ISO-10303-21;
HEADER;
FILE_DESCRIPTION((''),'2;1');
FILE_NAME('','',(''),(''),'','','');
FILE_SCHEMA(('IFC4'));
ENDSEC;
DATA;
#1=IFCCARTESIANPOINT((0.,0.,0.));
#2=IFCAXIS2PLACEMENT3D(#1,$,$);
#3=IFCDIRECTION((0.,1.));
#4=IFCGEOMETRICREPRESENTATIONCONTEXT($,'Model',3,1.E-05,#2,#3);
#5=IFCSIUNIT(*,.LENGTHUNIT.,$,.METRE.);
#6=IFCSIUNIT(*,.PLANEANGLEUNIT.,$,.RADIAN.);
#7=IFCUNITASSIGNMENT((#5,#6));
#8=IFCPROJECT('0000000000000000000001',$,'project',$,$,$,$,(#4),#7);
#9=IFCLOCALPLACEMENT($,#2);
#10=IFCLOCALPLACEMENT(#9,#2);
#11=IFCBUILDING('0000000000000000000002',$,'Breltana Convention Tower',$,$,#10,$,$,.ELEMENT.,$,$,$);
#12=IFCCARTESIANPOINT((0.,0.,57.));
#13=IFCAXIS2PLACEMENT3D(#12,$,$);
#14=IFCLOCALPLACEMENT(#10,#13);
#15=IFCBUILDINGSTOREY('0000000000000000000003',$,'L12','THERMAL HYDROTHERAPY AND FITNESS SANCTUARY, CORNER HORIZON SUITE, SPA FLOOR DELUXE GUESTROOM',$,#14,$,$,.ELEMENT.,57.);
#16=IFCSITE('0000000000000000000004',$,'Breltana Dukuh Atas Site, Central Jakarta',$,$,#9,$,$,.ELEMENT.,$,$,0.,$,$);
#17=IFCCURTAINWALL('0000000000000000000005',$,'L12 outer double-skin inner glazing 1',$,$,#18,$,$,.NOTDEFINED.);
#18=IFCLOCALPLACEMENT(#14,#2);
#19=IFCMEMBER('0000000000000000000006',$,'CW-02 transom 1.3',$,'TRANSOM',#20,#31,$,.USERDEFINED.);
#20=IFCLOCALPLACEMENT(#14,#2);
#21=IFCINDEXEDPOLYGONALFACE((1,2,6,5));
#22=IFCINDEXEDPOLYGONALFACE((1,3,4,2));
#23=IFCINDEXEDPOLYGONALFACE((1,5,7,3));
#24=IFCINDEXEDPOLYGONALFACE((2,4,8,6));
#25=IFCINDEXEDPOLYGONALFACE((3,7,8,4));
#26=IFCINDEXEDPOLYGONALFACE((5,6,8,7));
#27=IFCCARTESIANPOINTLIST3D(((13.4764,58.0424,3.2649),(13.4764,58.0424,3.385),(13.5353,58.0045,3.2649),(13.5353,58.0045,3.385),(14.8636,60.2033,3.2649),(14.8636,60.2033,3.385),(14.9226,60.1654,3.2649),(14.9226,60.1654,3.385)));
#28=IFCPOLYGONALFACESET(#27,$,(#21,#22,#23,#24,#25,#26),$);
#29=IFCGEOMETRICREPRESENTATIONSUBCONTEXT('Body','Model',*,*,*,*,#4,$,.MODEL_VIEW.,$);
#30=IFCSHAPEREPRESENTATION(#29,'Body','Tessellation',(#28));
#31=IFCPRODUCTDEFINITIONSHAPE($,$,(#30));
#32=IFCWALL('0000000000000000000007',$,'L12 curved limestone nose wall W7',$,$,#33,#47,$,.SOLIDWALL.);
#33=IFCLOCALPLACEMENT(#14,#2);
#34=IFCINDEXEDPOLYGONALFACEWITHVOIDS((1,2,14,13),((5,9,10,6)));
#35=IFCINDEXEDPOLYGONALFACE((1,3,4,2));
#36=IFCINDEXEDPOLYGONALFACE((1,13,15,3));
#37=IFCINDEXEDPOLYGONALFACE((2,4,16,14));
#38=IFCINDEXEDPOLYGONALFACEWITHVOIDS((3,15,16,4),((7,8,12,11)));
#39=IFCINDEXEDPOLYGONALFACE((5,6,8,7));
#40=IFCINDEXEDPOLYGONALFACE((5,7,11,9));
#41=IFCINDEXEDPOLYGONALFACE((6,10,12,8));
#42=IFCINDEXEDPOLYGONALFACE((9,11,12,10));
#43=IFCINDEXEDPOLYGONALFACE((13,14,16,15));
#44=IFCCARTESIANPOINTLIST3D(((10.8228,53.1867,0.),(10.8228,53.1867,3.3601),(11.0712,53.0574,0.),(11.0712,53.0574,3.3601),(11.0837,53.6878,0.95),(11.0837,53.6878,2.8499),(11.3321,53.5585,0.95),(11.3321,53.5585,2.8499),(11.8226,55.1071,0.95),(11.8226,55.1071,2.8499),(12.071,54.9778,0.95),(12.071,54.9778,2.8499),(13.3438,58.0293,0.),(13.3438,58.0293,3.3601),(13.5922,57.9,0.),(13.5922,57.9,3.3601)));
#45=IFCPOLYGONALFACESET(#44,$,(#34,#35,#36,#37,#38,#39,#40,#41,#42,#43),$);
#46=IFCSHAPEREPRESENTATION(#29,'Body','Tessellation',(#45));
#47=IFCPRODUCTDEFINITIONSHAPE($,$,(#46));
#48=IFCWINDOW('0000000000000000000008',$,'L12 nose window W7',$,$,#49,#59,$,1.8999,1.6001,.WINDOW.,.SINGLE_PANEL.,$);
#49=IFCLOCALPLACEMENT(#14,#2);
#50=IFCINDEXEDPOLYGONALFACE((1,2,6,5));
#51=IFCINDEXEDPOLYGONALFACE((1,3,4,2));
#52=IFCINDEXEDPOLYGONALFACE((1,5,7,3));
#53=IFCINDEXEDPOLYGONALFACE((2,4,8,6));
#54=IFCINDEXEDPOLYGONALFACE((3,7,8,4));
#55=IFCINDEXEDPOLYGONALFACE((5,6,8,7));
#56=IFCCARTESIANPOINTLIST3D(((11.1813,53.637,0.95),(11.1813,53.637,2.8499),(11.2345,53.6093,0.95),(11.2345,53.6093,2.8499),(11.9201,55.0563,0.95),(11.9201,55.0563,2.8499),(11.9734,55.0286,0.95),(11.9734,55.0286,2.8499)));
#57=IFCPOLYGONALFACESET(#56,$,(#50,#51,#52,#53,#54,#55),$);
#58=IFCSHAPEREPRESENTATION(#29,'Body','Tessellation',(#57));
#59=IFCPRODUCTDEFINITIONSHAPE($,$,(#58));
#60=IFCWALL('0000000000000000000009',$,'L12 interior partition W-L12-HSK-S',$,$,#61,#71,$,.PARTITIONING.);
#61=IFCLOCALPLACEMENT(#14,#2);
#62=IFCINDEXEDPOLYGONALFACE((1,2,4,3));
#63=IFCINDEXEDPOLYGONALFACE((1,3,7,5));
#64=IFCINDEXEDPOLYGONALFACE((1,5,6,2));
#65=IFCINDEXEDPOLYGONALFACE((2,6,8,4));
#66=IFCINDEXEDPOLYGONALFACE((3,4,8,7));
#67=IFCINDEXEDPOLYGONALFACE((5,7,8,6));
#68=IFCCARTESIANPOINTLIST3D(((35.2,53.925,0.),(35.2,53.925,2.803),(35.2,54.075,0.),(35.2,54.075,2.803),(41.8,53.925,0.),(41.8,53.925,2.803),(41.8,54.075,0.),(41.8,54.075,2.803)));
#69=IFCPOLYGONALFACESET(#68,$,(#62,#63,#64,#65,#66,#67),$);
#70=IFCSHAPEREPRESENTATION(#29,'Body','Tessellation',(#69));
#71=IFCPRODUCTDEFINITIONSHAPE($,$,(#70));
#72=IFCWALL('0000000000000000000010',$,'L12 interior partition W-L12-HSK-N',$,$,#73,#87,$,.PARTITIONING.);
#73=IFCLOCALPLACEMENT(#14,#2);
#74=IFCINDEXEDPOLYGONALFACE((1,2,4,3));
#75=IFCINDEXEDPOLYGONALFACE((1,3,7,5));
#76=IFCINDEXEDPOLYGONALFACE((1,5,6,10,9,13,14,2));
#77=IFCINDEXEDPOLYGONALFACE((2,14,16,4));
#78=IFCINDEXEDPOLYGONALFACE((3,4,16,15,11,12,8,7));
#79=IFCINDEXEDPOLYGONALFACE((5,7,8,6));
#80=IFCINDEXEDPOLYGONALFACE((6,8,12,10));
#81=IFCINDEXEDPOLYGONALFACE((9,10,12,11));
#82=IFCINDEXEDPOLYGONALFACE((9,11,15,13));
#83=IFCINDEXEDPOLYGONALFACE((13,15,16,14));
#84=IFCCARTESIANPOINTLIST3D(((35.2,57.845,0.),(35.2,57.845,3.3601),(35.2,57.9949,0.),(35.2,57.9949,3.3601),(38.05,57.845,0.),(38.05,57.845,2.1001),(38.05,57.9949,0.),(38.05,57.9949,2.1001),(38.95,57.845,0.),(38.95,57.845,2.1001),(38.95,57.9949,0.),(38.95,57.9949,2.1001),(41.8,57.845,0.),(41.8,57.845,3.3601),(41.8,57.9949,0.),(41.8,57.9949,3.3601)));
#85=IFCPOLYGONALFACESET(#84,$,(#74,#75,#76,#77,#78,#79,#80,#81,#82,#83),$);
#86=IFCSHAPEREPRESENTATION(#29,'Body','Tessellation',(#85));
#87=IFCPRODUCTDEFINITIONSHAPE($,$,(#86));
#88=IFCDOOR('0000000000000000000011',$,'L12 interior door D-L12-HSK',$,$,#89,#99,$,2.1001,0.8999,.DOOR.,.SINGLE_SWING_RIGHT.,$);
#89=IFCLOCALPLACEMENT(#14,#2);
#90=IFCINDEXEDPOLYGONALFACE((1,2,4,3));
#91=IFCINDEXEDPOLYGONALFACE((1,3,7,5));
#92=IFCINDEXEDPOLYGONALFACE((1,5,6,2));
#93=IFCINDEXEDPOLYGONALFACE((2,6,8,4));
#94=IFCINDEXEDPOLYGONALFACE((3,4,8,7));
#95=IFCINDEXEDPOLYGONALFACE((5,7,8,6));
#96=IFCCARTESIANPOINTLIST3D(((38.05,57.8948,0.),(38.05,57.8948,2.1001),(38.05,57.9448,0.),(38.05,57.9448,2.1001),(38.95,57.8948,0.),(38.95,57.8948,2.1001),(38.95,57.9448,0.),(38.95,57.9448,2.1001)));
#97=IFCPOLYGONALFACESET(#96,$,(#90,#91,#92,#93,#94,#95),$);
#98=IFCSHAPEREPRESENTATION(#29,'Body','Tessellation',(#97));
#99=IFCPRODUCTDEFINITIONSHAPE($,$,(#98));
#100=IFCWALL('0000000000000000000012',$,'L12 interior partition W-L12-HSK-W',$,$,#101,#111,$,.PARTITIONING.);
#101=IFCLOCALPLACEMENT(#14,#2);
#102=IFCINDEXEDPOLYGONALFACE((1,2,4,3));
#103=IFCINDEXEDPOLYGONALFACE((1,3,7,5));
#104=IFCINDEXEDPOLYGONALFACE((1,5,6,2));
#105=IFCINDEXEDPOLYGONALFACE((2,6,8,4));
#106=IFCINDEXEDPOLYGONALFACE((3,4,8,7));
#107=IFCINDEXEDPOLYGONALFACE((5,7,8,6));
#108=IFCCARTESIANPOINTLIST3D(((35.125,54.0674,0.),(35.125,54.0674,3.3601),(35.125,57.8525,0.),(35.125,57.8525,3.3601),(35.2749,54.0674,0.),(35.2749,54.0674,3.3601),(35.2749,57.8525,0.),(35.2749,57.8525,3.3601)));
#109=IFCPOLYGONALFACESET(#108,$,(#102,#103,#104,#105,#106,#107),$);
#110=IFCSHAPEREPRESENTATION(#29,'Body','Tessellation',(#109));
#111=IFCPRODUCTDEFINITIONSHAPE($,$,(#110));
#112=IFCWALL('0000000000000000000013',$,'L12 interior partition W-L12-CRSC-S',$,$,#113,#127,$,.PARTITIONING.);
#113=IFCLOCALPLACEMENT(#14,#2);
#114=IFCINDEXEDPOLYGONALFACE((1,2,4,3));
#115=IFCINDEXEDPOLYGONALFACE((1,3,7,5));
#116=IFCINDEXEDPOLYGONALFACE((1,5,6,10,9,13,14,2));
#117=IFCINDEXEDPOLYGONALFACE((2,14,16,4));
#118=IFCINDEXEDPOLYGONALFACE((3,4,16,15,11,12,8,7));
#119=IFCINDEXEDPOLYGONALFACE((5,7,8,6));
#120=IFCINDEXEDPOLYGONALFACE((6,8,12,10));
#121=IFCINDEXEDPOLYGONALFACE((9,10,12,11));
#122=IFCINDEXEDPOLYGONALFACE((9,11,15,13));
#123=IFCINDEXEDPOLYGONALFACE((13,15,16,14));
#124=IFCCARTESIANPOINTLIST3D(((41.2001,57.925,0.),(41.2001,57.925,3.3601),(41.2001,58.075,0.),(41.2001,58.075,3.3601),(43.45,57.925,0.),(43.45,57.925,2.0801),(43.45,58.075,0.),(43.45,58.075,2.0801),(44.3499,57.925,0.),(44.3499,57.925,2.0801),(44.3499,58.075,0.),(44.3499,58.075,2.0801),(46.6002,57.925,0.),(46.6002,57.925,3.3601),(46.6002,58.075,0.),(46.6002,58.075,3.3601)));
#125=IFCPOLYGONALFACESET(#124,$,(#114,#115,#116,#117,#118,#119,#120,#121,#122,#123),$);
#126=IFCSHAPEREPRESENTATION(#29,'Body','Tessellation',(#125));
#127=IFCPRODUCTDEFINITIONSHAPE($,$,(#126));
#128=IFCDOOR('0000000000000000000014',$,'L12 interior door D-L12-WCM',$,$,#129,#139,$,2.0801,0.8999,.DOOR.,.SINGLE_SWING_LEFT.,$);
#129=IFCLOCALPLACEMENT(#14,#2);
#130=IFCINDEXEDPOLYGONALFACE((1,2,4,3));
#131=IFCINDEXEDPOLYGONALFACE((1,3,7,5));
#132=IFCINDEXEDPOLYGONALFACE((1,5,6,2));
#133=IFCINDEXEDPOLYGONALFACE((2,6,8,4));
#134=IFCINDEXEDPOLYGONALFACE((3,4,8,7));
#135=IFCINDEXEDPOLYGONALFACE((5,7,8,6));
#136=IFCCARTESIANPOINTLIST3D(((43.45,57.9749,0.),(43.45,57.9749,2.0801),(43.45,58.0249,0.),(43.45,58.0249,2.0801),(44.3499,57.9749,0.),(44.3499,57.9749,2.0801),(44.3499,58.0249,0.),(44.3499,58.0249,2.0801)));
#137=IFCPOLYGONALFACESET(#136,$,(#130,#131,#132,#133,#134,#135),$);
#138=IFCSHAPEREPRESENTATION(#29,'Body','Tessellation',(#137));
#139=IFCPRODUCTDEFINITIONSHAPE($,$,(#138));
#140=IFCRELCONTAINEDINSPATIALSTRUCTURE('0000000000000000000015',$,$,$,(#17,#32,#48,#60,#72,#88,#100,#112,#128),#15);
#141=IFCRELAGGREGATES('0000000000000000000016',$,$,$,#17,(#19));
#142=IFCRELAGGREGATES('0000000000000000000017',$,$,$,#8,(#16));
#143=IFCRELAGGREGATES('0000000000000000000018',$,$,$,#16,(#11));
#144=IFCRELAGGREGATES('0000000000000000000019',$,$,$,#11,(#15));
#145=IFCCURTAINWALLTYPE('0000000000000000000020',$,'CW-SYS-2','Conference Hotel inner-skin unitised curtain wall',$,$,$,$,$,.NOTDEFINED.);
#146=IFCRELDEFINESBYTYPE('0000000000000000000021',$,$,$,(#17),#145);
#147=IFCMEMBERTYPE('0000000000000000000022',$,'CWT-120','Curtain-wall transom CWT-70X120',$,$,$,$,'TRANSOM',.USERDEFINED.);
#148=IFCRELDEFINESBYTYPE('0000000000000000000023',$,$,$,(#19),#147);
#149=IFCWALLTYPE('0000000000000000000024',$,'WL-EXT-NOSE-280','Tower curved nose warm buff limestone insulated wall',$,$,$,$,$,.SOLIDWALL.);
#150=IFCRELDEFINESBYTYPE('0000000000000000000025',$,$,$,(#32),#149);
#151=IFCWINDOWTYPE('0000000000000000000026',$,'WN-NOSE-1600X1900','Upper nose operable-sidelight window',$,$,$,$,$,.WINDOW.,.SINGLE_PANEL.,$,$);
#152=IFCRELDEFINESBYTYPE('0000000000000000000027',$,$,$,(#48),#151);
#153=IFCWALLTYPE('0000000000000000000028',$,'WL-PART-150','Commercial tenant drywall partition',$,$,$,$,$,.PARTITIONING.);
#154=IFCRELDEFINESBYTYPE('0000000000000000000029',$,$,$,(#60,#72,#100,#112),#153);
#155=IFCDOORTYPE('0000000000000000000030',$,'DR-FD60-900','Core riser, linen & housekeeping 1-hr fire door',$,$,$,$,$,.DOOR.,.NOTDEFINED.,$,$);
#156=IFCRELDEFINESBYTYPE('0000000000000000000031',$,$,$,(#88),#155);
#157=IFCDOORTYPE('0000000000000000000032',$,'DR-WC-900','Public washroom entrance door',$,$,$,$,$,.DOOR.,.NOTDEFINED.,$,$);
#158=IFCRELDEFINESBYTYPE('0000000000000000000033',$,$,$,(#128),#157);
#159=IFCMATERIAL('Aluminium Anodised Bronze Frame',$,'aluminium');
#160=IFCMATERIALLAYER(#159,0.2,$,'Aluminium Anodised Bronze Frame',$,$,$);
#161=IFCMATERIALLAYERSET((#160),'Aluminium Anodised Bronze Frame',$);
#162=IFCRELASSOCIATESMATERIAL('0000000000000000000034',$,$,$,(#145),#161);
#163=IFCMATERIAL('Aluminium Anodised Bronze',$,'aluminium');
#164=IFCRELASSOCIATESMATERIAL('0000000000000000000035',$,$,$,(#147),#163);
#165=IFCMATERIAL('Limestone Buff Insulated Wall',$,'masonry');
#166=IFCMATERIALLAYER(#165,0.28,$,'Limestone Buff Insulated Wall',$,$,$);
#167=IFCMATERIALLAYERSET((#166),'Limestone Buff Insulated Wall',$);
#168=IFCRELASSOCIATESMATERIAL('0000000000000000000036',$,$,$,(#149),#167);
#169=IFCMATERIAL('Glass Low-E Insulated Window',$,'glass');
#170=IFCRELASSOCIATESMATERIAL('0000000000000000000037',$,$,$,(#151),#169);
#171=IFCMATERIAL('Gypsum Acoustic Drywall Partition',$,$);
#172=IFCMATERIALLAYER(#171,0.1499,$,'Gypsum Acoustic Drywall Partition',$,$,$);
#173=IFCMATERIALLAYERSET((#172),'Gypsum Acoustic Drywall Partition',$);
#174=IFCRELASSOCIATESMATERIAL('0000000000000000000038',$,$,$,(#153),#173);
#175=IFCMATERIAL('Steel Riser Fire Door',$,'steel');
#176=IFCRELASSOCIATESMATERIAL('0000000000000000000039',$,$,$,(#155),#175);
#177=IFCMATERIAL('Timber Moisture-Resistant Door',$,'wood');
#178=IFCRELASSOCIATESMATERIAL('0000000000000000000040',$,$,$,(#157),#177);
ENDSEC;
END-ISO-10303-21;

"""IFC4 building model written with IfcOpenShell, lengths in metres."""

from ifc_helpers import new_model, si_unit, direction, frame, frame_2d, origin, origin_2d, place, context, subcontext, project, spatial, rectangle, extrude, source, transform, mapped, material, layer, layer_set, material_profile, profile_set, type_object, type_shapes, element, fill, aggregate, save


model = new_model("IFC4")

# Units and contexts
model_context = context("Model", 3, precision=1e-05, world=origin(), true_north=direction((0.0, 1.0)))
body_context = subcontext(model_context, "Body", "Model", "MODEL_VIEW")
ifc_project = project(units=[si_unit("LENGTHUNIT", "METRE"), si_unit("PLANEANGLEUNIT", "RADIAN")], contexts=[model_context])

# Site, building, storey
site_placement = place(None, origin())
site = spatial("IfcSite", under=ifc_project, at=site_placement, Name="Breltana Dukuh Atas Site, Central Jakarta", CompositionType="ELEMENT", RefElevation=0.0)
building_placement = place(site_placement, origin())
building = spatial("IfcBuilding", under=site, at=building_placement, Name="Breltana Convention Tower", CompositionType="ELEMENT")
storey_placement = place(building_placement, frame((0.0, 0.0, 57.0)))
storey = spatial("IfcBuildingStorey", under=building, at=storey_placement, Name="L12", Description="THERMAL HYDROTHERAPY AND FITNESS SANCTUARY, CORNER HORIZON SUITE, SPA FLOOR DELUXE GUESTROOM", CompositionType="ELEMENT", Elevation=57.0)

# Curtain wall, member
ifc_material_1 = material(Name="Aluminium Anodised Bronze Frame", Category="aluminium")
ifc_material_2 = material(Name="Aluminium Anodised Bronze", Category="aluminium")
ifc_layer_1 = layer(ifc_material_1, 0.2, Name="Aluminium Anodised Bronze Frame")
ifc_layer_set_1 = layer_set([ifc_layer_1], Name="Aluminium Anodised Bronze Frame")
curtain_wall_type_1 = type_object("IfcCurtainWallType", Name="CW-SYS-2", Description="Conference Hotel inner-skin unitised curtain wall", PredefinedType="NOTDEFINED", material=ifc_layer_set_1)
curtain_wall_1_placement = place(storey_placement, origin())
curtain_wall_1 = element("IfcCurtainWall", 1, at=curtain_wall_1_placement, inside=storey, type_object=curtain_wall_type_1, Name="L12 outer double-skin inner glazing 1", PredefinedType="NOTDEFINED")
ifc_material_profile_1 = material_profile(ifc_material_2, rectangle(XDim=0.0701, YDim=0.1201, at=origin_2d()), Name="CWT-70X120")
ifc_profile_set_1 = profile_set([ifc_material_profile_1], Name="Aluminium Anodised Bronze")
member_type_1 = type_object("IfcMemberType", Name="CWT-120", Description="Curtain-wall transom CWT-70X120", ElementType="TRANSOM", PredefinedType="USERDEFINED", material=ifc_profile_set_1)
shared_shape_1 = source(origin(), body_context, "Body", "SweptSolid", [
    extrude(rectangle(XDim=0.0701, YDim=0.1201, at=origin_2d()), origin(), (0.0, 0.0, 1.0), 2.5679),
])
type_shapes(member_type_1, [shared_shape_1])
member_1_placement = place(storey_placement, frame((13.5059, 58.0234, 3.325), z_axis=(0.540224, 0.841521, 0.0), x_axis=(-0.841521, 0.540224, 0.0)))
member_1 = element("IfcMember", 2, at=member_1_placement, type_object=member_type_1, Name="CW-02 transom 1.3", ObjectType="TRANSOM", PredefinedType="USERDEFINED", context=body_context, shape_type="MappedRepresentation", body=[
    mapped(shared_shape_1, transform((0.0, 0.0, 0.0), scale=1.0)),
])
aggregate(curtain_wall_1, [member_1])

# Wall, opening, window
ifc_material_3 = material(Name="Limestone Buff Insulated Wall", Category="masonry")
ifc_layer_2 = layer(ifc_material_3, 0.28, Name="Limestone Buff Insulated Wall")
ifc_layer_set_2 = layer_set([ifc_layer_2], Name="Limestone Buff Insulated Wall")
wall_type_1 = type_object("IfcWallType", Name="WL-EXT-NOSE-280", Description="Tower curved nose warm buff limestone insulated wall", PredefinedType="SOLIDWALL", material=ifc_layer_set_2)
shared_shape_2 = source(origin(), body_context, "Body", "SweptSolid", [
    extrude(rectangle(XDim=5.4595, YDim=0.28, at=frame_2d((2.7297, 0.0))), origin(), (0.0, 0.0, 1.0), 3.3601),
])
wall_1_placement = place(storey_placement, frame((10.947, 53.1221, 0.0), z_axis=(0.0, 0.0, 1.0), x_axis=(0.461768, 0.887001, 0.0)))
wall_1 = element("IfcWall", 3, at=wall_1_placement, inside=storey, type_object=wall_type_1, Name="L12 curved limestone nose wall W7", PredefinedType="SOLIDWALL", context=body_context, shape_type="MappedRepresentation", body=[
    mapped(shared_shape_2, transform((0.0, 0.0, 0.0), scale=1.0)),
])
opening_1_placement = place(wall_1_placement, frame((0.5649, 0.0, 0.95)))
opening_1 = element("IfcOpeningElement", 4, at=opening_1_placement, cuts=wall_1, PredefinedType="OPENING", context=body_context, shape_type="SweptSolid", body=[
    extrude(rectangle(XDim=1.6001, YDim=1.8999, at=frame_2d((0.8, 0.95))), frame((0.0, 0.1499, 0.0), z_axis=(0.0, -1.0, 0.0), x_axis=(1.0, 0.0, 0.0)), (0.0, 0.0, 1.0), 0.3),
])
ifc_material_4 = material(Name="Glass Low-E Insulated Window", Category="glass")
window_type = type_object("IfcWindowType", Name="WN-NOSE-1600X1900", Description="Upper nose operable-sidelight window", PartitioningType="SINGLE_PANEL", PredefinedType="WINDOW", material=ifc_material_4)
shared_shape_3 = source(origin(), body_context, "Body", "SweptSolid", [
    extrude(rectangle(XDim=1.6001, YDim=1.8999, at=frame_2d((0.8, 0.95))), frame((0.0, 0.03, 0.0), z_axis=(0.0, -1.0, 0.0), x_axis=(1.0, 0.0, 0.0)), (0.0, 0.0, 1.0), 0.0601),
])
type_shapes(window_type, [shared_shape_3])
window_placement = place(opening_1_placement, origin())
window = element("IfcWindow", 5, at=window_placement, inside=storey, type_object=window_type, Name="L12 nose window W7", OverallHeight=1.8999, OverallWidth=1.6001, PartitioningType="SINGLE_PANEL", PredefinedType="WINDOW", context=body_context, shape_type="MappedRepresentation", body=[
    mapped(shared_shape_3, transform((0.0, 0.0, 0.0), scale=1.0)),
])
fill(opening_1, window)

# Wall
ifc_material_5 = material(Name="Gypsum Acoustic Drywall Partition")
ifc_layer_3 = layer(ifc_material_5, 0.1499, Name="Gypsum Acoustic Drywall Partition")
ifc_layer_set_3 = layer_set([ifc_layer_3], Name="Gypsum Acoustic Drywall Partition")
wall_type_2 = type_object("IfcWallType", Name="WL-PART-150", Description="Commercial tenant drywall partition", PredefinedType="PARTITIONING", material=ifc_layer_set_3)
shared_shape_4 = source(origin(), body_context, "Body", "SweptSolid", [
    extrude(rectangle(XDim=6.6001, YDim=0.1499, at=frame_2d((3.3, 0.0))), origin(), (0.0, 0.0, 1.0), 2.803),
])
wall_2_placement = place(storey_placement, frame((35.2, 54.0, 0.0), z_axis=(0.0, 0.0, 1.0), x_axis=(1.0, 0.0, 0.0)))
element("IfcWall", 6, at=wall_2_placement, inside=storey, type_object=wall_type_2, Name="L12 interior partition W-L12-HSK-S", PredefinedType="PARTITIONING", context=body_context, shape_type="MappedRepresentation", body=[
    mapped(shared_shape_4, transform((0.0, 0.0, 0.0), scale=1.0)),
])

# Wall, opening, door
shared_shape_5 = source(origin(), body_context, "Body", "SweptSolid", [
    extrude(rectangle(XDim=6.6001, YDim=0.1499, at=frame_2d((3.3, 0.0))), origin(), (0.0, 0.0, 1.0), 3.3601),
])
wall_3_placement = place(storey_placement, frame((35.2, 57.9199, 0.0), z_axis=(0.0, 0.0, 1.0), x_axis=(1.0, 0.0, 0.0)))
wall_3 = element("IfcWall", 7, at=wall_3_placement, inside=storey, type_object=wall_type_2, Name="L12 interior partition W-L12-HSK-N", PredefinedType="PARTITIONING", context=body_context, shape_type="MappedRepresentation", body=[
    mapped(shared_shape_5, transform((0.0, 0.0, 0.0), scale=1.0)),
])
opening_2_placement = place(wall_3_placement, frame((2.8501, 0.0, 0.0)))
opening_2 = element("IfcOpeningElement", 8, at=opening_2_placement, cuts=wall_3, PredefinedType="OPENING", context=body_context, shape_type="SweptSolid", body=[
    extrude(rectangle(XDim=0.8999, YDim=2.1001, at=frame_2d((0.45, 1.05))), frame((0.0, 0.085, 0.0), z_axis=(0.0, -1.0, 0.0), x_axis=(1.0, 0.0, 0.0)), (0.0, 0.0, 1.0), 0.1699),
])
ifc_material_6 = material(Name="Steel Riser Fire Door", Category="steel")
door_type_1 = type_object("IfcDoorType", Name="DR-FD60-900", Description="Core riser, linen & housekeeping 1-hr fire door", OperationType="NOTDEFINED", PredefinedType="DOOR", material=ifc_material_6)
shared_shape_6 = source(origin(), body_context, "Body", "SweptSolid", [
    extrude(rectangle(XDim=0.8999, YDim=2.1001, at=frame_2d((0.45, 1.05))), frame((0.0, 0.0249, 0.0), z_axis=(0.0, -1.0, 0.0), x_axis=(1.0, 0.0, 0.0)), (0.0, 0.0, 1.0), 0.05),
])
type_shapes(door_type_1, [shared_shape_6])
door_1_placement = place(opening_2_placement, origin())
door_1 = element("IfcDoor", 9, at=door_1_placement, inside=storey, type_object=door_type_1, Name="L12 interior door D-L12-HSK", OperationType="SINGLE_SWING_RIGHT", OverallHeight=2.1001, OverallWidth=0.8999, PredefinedType="DOOR", context=body_context, shape_type="MappedRepresentation", body=[
    mapped(shared_shape_6, transform((0.0, 0.0, 0.0), scale=1.0)),
])
fill(opening_2, door_1)

# Wall
shared_shape_7 = source(origin(), body_context, "Body", "SweptSolid", [
    extrude(rectangle(XDim=3.7852, YDim=0.1499, at=frame_2d((1.8926, 0.0))), origin(), (0.0, 0.0, 1.0), 3.3601),
])
wall_4_placement = place(storey_placement, frame((35.2, 54.0674, 0.0), z_axis=(0.0, 0.0, 1.0), x_axis=(0.0, 1.0, 0.0)))
element("IfcWall", 10, at=wall_4_placement, inside=storey, type_object=wall_type_2, Name="L12 interior partition W-L12-HSK-W", PredefinedType="PARTITIONING", context=body_context, shape_type="MappedRepresentation", body=[
    mapped(shared_shape_7, transform((0.0, 0.0, 0.0), scale=1.0)),
])

# Wall, opening, door
shared_shape_8 = source(origin(), body_context, "Body", "SweptSolid", [
    extrude(rectangle(XDim=5.4001, YDim=0.1499, at=frame_2d((2.7002, 0.0))), origin(), (0.0, 0.0, 1.0), 3.3601),
])
wall_5_placement = place(storey_placement, frame((41.2, 58.0, 0.0), z_axis=(0.0, 0.0, 1.0), x_axis=(1.0, 0.0, 0.0)))
wall_5 = element("IfcWall", 11, at=wall_5_placement, inside=storey, type_object=wall_type_2, Name="L12 interior partition W-L12-CRSC-S", PredefinedType="PARTITIONING", context=body_context, shape_type="MappedRepresentation", body=[
    mapped(shared_shape_8, transform((0.0, 0.0, 0.0), scale=1.0)),
])
opening_3_placement = place(wall_5_placement, frame((2.25, 0.0, 0.0)))
opening_3 = element("IfcOpeningElement", 12, at=opening_3_placement, cuts=wall_5, PredefinedType="OPENING", context=body_context, shape_type="SweptSolid", body=[
    extrude(rectangle(XDim=0.8999, YDim=2.0801, at=frame_2d((0.45, 1.04))), frame((0.0, 0.085, 0.0), z_axis=(0.0, -1.0, 0.0), x_axis=(1.0, 0.0, 0.0)), (0.0, 0.0, 1.0), 0.1699),
])
ifc_material_7 = material(Name="Timber Moisture-Resistant Door", Category="wood")
door_type_2 = type_object("IfcDoorType", Name="DR-WC-900", Description="Public washroom entrance door", OperationType="NOTDEFINED", PredefinedType="DOOR", material=ifc_material_7)
shared_shape_9 = source(origin(), body_context, "Body", "SweptSolid", [
    extrude(rectangle(XDim=0.8999, YDim=2.0801, at=frame_2d((0.45, 1.04))), frame((0.0, 0.0249, 0.0), z_axis=(0.0, -1.0, 0.0), x_axis=(1.0, 0.0, 0.0)), (0.0, 0.0, 1.0), 0.05),
])
type_shapes(door_type_2, [shared_shape_9])
door_2_placement = place(opening_3_placement, origin())
door_2 = element("IfcDoor", 13, at=door_2_placement, inside=storey, type_object=door_type_2, Name="L12 interior door D-L12-WCM", OperationType="SINGLE_SWING_LEFT", OverallHeight=2.0801, OverallWidth=0.8999, PredefinedType="DOOR", context=body_context, shape_type="MappedRepresentation", body=[
    mapped(shared_shape_9, transform((0.0, 0.0, 0.0), scale=1.0)),
])
fill(opening_3, door_2)

save(model, "model.ifc")
